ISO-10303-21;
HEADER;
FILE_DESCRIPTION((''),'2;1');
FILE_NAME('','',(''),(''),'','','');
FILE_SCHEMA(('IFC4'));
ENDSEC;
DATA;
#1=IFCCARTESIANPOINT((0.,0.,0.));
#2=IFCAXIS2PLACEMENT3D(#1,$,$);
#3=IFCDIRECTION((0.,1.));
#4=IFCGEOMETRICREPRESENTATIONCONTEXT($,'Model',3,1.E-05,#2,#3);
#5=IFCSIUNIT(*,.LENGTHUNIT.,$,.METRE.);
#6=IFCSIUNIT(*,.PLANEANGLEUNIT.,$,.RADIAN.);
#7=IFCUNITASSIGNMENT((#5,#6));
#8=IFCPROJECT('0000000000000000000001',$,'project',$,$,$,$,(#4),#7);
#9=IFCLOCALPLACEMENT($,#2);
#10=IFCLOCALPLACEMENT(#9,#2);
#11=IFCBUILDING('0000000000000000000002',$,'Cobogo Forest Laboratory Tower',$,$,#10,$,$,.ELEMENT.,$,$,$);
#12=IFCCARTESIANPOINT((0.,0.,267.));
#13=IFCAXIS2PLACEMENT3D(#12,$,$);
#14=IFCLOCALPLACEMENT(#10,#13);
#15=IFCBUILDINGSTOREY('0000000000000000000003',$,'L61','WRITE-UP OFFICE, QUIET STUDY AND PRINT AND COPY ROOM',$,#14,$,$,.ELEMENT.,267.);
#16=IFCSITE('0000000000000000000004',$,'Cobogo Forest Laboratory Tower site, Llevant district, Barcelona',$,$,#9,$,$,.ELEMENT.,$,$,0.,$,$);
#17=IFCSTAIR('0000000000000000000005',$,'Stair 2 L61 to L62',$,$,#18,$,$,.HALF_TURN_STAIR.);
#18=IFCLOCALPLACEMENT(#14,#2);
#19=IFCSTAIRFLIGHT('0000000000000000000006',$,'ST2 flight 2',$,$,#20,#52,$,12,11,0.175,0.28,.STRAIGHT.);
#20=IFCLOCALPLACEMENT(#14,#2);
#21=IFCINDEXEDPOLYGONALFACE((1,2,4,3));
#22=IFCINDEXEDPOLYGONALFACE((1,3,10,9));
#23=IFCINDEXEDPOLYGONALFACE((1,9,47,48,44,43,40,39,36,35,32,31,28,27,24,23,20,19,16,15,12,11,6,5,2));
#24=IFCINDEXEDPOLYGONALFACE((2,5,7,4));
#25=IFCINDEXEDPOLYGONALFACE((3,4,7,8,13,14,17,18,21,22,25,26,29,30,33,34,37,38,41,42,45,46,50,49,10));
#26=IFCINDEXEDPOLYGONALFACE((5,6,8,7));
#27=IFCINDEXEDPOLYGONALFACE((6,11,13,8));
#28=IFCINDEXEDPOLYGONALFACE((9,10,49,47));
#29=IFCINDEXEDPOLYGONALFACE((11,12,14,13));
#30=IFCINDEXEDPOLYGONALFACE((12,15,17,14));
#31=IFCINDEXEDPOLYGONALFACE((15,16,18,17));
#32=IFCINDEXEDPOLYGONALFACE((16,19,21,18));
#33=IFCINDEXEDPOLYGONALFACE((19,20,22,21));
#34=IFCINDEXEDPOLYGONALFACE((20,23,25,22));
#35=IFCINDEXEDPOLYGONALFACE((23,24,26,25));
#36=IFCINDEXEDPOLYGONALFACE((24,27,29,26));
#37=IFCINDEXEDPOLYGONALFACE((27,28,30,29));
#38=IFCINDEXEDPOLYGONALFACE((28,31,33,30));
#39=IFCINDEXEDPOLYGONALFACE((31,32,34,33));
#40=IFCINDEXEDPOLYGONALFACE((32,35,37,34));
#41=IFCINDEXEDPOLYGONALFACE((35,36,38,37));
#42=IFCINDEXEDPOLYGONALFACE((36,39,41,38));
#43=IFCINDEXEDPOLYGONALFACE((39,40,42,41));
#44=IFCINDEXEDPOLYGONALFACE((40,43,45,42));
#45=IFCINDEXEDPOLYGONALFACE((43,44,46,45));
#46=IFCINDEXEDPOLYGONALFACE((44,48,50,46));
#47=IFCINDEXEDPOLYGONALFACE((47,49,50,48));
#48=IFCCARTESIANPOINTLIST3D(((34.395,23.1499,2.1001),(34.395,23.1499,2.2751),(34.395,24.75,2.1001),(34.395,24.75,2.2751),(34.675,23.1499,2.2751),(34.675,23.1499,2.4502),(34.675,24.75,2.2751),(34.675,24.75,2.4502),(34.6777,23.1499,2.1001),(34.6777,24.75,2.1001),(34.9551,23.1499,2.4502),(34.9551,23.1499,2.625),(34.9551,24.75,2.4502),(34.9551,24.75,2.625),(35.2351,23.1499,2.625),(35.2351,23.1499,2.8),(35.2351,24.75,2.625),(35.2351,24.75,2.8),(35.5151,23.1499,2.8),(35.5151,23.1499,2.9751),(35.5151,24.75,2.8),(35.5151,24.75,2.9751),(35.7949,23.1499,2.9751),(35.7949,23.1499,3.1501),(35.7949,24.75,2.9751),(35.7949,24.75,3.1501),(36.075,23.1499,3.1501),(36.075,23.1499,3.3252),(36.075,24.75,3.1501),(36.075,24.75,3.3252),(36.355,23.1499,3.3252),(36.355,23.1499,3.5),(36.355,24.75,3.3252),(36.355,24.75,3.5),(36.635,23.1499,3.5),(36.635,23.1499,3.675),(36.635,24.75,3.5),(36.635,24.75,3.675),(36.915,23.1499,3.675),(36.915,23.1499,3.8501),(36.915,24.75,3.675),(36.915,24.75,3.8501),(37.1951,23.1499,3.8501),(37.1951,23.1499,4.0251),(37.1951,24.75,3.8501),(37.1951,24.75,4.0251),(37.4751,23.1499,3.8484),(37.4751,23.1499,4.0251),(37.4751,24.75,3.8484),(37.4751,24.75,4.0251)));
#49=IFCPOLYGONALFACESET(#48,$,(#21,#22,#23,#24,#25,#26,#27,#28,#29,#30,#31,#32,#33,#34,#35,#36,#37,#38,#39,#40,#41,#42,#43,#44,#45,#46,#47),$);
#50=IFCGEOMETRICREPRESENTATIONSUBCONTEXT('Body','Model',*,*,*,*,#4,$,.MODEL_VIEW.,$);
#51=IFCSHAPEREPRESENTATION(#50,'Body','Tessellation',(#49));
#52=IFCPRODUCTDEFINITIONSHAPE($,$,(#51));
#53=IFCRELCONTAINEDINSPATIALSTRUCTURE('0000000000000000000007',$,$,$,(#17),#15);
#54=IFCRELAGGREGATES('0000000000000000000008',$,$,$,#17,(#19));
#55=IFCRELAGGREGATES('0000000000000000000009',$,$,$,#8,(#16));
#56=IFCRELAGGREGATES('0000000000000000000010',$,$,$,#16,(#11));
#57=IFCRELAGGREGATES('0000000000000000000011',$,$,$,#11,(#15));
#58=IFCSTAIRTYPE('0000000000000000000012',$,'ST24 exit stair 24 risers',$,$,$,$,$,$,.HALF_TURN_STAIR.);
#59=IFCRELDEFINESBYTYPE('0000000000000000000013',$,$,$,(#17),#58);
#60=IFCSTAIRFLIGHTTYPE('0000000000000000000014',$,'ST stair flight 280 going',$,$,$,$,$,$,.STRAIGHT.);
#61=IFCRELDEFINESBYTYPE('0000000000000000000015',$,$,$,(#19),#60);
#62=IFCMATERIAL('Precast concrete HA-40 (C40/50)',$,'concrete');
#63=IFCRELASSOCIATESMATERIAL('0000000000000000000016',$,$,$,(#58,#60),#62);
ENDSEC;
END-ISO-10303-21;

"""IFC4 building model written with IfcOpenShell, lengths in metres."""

from ifc_helpers import new_model, si_unit, direction, frame, origin, place, context, subcontext, project, spatial, polyline, outline, extrude, material, type_object, element, aggregate, save


model = new_model("IFC4")

# Units and contexts
model_context = context("Model", 3, precision=1e-05, world=origin(), true_north=direction((0.0, 1.0)))
body_context = subcontext(model_context, "Body", "Model", "MODEL_VIEW")
ifc_project = project(units=[si_unit("LENGTHUNIT", "METRE"), si_unit("PLANEANGLEUNIT", "RADIAN")], contexts=[model_context])

# Site, building, storey
site_placement = place(None, origin())
site = spatial("IfcSite", under=ifc_project, at=site_placement, Name="Cobogo Forest Laboratory Tower site, Llevant district, Barcelona", CompositionType="ELEMENT", RefElevation=0.0)
building_placement = place(site_placement, origin())
building = spatial("IfcBuilding", under=site, at=building_placement, Name="Cobogo Forest Laboratory Tower", CompositionType="ELEMENT")
storey_placement = place(building_placement, frame((0.0, 0.0, 267.0)))
storey = spatial("IfcBuildingStorey", under=building, at=storey_placement, Name="L61", Description="WRITE-UP OFFICE, QUIET STUDY AND PRINT AND COPY ROOM", CompositionType="ELEMENT", Elevation=267.0)

# Stair, stair flight
ifc_material_1 = material(Name="Precast concrete HA-40 (C40/50)", Category="concrete")
stair_type = type_object("IfcStairType", Name="ST24 exit stair 24 risers", PredefinedType="HALF_TURN_STAIR", material=ifc_material_1)
stair_placement = place(storey_placement, origin())
stair = element("IfcStair", 1, at=stair_placement, inside=storey, type_object=stair_type, Name="Stair 2 L61 to L62", PredefinedType="HALF_TURN_STAIR")
stair_flight_type = type_object("IfcStairFlightType", Name="ST stair flight 280 going", PredefinedType="STRAIGHT", material=ifc_material_1)
stair_flight_1_placement = place(storey_placement, frame((34.395, 23.95, 2.1001), z_axis=(0.0, 0.0, 1.0), x_axis=(1.0, 0.0, 0.0)))
stair_flight_1 = element("IfcStairFlight", 2, at=stair_flight_1_placement, type_object=stair_flight_type, Name="ST2 flight 2", NumberOfRisers=12, NumberOfTreads=11, PredefinedType="STRAIGHT", RiserHeight=0.175, TreadLength=0.28, context=body_context, shape_type="SweptSolid", body=[
    extrude(outline(polyline([(0.0, 0.0), (0.0, 0.175), (0.28, 0.175), (0.28, 0.3501), (0.5601, 0.3501), (0.5601, 0.5249), (0.8401, 0.5249), (0.8401, 0.7), (1.1201, 0.7), (1.1201, 0.875), (1.3999, 0.875), (1.3999, 1.05), (1.6799, 1.05), (1.6799, 1.2251), (1.96, 1.2251), (1.96, 1.3999), (2.24, 1.3999), (2.24, 1.575), (2.52, 1.575), (2.52, 1.75), (2.8, 1.75), (2.8, 1.925), (3.0801, 1.925), (3.0801, 2.1001), (3.0801, 1.7483), (0.2827, 0.0), (0.0, 0.0)])), frame((0.0, 0.8, 0.0), z_axis=(0.0, -1.0, 0.0), x_axis=(1.0, 0.0, 0.0)), (0.0, 0.0, 1.0), 1.6001),
])
aggregate(stair, [stair_flight_1])

save(model, "model.ifc")
